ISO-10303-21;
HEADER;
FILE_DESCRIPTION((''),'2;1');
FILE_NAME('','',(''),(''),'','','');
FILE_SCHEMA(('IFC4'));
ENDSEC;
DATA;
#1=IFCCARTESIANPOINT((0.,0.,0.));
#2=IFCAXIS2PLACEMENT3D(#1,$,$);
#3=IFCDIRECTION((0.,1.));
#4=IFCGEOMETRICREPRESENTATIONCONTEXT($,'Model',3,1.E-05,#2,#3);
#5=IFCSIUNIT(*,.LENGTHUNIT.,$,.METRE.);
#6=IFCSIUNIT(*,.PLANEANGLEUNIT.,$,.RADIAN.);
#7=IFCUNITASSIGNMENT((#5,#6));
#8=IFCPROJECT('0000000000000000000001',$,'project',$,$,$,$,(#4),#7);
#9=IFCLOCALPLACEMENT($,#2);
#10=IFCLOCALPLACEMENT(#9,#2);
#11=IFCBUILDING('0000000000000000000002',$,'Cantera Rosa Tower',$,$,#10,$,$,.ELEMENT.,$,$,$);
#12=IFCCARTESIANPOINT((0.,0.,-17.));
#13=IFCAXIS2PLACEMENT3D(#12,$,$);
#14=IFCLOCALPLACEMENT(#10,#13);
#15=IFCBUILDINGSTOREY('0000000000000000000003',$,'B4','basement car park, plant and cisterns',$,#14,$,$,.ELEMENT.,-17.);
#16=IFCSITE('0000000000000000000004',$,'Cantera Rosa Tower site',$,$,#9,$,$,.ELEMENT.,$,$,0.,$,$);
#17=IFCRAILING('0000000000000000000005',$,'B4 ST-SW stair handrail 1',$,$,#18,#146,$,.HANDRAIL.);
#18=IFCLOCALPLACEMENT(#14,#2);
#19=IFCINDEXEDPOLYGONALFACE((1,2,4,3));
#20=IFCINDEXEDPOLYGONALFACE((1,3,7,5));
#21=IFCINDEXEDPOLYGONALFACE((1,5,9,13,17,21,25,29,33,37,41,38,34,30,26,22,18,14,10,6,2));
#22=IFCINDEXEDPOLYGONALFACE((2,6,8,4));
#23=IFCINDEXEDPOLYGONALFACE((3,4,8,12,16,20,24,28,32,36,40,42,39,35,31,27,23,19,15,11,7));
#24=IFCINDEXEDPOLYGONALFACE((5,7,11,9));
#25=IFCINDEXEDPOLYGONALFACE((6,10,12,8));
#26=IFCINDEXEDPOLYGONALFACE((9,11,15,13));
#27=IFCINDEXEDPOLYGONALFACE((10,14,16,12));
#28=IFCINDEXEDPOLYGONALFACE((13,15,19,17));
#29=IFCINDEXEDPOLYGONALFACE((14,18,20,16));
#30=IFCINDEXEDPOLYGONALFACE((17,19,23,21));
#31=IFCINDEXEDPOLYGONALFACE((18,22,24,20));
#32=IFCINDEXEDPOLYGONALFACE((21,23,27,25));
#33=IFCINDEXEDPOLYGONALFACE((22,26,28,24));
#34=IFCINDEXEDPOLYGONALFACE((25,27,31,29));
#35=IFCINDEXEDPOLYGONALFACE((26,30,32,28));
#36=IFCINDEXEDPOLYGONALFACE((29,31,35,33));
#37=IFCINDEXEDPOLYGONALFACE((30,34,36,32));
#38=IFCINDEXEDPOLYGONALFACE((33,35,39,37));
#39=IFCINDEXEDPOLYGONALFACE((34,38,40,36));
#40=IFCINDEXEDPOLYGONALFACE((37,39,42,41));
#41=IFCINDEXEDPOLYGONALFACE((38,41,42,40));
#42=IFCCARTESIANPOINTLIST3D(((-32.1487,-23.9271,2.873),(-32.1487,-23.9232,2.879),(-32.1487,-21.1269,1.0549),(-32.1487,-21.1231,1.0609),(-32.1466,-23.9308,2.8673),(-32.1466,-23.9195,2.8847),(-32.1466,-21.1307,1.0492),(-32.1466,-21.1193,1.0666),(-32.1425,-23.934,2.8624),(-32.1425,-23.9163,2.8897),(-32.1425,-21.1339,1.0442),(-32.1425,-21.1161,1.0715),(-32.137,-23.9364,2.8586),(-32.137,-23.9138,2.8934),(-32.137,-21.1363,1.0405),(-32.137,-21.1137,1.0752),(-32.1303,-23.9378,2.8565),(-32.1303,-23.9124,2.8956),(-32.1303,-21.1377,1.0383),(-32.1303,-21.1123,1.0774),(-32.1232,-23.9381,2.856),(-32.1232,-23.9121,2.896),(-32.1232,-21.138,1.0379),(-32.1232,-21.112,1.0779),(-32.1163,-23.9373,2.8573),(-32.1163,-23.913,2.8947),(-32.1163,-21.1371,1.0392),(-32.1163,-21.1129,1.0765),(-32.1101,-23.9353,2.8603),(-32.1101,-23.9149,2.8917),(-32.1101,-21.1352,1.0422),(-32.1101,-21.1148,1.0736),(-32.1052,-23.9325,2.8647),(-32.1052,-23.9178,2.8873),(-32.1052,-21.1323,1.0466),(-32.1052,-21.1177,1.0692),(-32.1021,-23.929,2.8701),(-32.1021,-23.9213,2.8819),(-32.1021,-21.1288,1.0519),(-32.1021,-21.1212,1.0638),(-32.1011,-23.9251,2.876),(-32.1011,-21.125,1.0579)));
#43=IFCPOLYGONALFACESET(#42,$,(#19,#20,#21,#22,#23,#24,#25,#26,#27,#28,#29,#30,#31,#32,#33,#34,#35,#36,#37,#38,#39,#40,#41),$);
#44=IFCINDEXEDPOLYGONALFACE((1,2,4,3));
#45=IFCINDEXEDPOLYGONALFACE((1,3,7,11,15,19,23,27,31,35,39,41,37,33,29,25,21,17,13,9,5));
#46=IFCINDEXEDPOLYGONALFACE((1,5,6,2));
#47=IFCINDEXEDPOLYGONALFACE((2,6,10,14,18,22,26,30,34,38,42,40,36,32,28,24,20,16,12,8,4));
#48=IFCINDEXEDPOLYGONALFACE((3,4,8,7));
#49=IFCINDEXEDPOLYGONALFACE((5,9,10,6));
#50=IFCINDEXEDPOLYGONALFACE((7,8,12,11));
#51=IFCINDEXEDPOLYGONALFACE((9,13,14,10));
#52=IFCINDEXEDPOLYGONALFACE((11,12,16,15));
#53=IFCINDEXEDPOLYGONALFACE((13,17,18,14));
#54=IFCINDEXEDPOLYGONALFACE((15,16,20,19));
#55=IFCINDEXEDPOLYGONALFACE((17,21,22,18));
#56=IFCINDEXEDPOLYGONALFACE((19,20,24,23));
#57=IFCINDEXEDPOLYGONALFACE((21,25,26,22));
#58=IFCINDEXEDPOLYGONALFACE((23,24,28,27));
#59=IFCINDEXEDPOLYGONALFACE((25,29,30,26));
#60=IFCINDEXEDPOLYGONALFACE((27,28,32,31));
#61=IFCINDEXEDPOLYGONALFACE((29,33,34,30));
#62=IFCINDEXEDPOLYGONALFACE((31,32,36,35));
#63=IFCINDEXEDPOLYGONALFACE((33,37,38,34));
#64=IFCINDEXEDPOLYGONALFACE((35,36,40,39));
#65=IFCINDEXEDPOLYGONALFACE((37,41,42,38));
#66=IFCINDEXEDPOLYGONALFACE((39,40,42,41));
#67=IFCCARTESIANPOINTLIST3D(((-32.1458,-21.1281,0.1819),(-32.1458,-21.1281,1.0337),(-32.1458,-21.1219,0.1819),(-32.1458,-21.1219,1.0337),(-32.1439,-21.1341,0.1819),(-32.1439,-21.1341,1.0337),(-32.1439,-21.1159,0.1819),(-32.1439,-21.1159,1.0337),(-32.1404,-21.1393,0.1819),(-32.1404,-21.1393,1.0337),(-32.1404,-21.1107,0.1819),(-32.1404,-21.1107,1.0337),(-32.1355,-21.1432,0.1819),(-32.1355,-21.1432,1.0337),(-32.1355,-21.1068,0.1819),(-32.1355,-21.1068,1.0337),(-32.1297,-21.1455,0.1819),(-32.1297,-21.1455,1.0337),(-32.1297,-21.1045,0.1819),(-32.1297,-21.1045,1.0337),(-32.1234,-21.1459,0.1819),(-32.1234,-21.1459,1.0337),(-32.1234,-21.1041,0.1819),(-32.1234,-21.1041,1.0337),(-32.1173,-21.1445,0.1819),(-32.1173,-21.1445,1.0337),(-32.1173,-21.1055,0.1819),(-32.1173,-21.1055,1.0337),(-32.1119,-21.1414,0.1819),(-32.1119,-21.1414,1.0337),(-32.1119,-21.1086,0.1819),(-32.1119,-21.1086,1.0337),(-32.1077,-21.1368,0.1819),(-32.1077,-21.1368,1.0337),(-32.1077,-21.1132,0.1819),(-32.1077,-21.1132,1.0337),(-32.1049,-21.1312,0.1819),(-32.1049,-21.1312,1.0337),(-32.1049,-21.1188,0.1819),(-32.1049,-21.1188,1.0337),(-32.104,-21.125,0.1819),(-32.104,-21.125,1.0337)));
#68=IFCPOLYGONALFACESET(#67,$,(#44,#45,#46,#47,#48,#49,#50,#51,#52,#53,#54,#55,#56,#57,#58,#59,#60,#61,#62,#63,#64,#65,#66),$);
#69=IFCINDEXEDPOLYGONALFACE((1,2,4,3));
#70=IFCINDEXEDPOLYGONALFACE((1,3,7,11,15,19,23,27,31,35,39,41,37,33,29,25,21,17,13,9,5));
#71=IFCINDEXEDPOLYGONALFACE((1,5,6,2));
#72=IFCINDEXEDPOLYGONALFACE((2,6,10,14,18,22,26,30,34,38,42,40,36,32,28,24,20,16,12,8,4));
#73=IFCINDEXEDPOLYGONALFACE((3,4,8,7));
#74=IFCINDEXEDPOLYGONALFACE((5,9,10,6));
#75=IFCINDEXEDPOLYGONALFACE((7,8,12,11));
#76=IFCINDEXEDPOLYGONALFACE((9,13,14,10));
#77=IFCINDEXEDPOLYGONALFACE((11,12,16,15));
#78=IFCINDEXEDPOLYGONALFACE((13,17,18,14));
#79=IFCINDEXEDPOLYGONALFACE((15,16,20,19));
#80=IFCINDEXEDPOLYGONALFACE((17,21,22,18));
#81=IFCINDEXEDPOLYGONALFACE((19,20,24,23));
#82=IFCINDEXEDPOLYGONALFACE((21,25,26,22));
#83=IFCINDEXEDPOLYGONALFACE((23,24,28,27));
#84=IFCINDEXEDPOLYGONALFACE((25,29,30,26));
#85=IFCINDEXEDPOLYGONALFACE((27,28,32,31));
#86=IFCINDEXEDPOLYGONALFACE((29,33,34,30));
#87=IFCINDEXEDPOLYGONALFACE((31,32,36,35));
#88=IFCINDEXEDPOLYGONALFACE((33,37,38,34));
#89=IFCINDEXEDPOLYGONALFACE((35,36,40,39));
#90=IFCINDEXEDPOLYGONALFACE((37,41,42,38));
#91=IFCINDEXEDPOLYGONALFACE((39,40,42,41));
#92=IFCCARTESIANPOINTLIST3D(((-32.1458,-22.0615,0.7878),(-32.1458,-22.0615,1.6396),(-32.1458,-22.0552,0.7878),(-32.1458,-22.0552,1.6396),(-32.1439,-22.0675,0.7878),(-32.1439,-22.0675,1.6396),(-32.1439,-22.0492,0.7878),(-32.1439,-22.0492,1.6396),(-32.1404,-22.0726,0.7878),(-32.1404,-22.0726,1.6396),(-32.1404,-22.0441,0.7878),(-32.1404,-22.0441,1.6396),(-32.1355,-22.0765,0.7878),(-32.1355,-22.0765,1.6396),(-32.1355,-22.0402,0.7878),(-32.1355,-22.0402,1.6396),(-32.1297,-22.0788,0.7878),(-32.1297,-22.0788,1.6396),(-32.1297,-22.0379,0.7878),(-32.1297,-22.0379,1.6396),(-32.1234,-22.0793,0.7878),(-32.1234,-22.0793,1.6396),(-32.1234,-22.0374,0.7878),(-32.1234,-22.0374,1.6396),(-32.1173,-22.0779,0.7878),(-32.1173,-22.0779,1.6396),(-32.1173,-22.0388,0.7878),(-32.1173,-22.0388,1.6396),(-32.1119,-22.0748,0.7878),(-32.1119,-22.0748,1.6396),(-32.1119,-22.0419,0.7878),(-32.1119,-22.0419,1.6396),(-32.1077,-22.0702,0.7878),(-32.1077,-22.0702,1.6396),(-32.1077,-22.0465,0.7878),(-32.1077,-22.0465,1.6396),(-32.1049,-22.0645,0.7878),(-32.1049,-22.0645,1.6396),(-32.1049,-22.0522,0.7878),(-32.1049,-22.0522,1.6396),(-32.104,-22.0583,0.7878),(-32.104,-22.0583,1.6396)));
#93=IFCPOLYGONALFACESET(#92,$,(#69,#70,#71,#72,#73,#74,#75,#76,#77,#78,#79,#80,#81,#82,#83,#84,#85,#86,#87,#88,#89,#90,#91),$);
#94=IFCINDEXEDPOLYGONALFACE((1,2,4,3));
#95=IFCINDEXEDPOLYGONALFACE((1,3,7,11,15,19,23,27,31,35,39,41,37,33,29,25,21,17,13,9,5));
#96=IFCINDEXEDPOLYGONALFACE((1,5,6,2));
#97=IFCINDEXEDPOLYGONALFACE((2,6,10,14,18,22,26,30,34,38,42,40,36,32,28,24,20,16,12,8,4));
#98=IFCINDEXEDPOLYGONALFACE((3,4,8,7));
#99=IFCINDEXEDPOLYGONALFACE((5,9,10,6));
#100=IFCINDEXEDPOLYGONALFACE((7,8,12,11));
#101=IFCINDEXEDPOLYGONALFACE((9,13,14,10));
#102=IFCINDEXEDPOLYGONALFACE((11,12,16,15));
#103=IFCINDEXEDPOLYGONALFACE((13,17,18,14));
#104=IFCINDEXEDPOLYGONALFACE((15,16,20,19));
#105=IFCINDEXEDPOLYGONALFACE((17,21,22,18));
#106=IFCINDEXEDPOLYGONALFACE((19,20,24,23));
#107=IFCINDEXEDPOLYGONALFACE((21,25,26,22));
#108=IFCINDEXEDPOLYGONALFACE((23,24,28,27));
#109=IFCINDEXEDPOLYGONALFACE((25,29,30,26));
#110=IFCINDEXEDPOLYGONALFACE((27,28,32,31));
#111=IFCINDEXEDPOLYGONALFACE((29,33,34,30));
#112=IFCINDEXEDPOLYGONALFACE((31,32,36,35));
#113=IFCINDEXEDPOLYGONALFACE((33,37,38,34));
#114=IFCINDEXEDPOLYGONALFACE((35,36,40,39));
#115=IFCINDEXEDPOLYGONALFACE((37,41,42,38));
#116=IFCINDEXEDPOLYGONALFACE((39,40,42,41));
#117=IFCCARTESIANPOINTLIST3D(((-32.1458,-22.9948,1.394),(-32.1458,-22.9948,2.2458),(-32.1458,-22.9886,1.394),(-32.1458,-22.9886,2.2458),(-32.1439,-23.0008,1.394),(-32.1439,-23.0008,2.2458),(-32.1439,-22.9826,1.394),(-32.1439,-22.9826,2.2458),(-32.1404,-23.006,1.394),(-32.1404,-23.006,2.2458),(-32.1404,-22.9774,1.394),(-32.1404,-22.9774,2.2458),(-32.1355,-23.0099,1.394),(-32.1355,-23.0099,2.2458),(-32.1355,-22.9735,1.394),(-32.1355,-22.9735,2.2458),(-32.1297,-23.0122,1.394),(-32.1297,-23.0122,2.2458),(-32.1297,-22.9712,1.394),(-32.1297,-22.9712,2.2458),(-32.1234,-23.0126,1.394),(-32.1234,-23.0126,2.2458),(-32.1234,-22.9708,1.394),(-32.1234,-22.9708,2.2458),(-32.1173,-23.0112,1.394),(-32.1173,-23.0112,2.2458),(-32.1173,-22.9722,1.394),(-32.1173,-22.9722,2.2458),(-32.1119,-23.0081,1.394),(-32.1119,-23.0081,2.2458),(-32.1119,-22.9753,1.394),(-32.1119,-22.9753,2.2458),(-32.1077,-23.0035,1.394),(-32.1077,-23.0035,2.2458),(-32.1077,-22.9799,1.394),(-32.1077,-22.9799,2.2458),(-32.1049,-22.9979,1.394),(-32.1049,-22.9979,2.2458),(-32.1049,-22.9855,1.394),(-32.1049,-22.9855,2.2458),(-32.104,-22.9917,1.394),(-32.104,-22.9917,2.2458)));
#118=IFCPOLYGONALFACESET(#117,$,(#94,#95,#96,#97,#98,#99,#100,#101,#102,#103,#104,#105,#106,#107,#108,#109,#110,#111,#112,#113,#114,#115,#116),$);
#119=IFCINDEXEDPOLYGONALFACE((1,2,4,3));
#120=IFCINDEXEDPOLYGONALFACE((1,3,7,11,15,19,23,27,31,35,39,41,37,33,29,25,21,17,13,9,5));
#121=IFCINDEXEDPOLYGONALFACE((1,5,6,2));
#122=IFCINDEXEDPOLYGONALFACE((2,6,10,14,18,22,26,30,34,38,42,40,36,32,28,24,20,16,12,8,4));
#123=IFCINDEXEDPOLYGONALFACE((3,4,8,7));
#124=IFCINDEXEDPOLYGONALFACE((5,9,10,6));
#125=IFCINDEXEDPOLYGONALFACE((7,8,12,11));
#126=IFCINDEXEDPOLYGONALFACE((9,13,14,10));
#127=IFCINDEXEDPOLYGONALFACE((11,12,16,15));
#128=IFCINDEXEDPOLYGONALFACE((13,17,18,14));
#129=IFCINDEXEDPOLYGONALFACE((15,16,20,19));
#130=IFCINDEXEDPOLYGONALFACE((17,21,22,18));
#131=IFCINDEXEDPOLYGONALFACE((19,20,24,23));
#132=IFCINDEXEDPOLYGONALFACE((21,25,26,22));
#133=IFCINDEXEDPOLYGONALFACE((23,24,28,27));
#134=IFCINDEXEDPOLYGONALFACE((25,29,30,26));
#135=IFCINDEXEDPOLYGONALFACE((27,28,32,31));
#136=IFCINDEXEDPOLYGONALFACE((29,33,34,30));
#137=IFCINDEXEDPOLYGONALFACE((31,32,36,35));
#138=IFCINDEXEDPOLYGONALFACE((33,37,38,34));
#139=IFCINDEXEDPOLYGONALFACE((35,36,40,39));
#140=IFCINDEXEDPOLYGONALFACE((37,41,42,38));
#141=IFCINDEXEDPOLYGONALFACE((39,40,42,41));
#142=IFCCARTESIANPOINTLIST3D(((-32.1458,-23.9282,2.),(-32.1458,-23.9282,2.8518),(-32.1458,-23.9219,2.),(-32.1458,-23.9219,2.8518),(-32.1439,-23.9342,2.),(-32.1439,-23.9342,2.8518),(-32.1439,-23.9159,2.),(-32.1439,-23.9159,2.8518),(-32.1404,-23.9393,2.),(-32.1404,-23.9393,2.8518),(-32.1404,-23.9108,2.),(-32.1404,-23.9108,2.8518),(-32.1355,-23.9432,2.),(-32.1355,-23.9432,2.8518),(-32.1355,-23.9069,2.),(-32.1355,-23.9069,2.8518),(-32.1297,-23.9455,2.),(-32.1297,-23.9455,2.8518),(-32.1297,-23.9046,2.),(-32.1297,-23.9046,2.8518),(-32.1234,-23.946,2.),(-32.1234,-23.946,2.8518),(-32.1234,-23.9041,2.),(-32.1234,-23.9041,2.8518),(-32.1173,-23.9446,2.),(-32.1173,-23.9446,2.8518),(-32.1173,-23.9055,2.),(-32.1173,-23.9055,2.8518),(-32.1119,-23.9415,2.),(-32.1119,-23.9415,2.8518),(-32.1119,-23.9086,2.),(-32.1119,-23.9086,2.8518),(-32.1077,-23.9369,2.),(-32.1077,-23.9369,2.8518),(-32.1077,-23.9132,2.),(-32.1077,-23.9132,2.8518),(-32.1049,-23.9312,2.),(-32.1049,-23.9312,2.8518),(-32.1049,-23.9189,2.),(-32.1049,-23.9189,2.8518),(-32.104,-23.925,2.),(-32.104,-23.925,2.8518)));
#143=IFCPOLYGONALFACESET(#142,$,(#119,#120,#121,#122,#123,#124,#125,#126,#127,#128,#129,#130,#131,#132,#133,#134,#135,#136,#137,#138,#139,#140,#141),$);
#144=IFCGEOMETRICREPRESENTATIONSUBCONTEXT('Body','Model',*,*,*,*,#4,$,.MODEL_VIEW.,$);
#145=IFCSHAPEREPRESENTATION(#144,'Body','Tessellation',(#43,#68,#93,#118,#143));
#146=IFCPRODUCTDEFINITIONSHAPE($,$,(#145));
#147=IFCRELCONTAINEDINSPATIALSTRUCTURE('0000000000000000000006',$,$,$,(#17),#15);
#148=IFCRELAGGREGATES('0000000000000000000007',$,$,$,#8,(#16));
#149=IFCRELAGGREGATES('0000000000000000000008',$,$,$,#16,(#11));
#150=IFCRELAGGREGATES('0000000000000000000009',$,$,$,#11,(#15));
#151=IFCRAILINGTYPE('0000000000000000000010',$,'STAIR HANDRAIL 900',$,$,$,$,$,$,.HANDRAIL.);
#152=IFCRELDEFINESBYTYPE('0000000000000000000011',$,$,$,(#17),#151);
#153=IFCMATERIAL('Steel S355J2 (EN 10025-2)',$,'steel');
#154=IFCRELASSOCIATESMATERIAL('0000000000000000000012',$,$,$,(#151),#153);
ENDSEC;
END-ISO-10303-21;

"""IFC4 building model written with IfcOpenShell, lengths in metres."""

from ifc_helpers import new_model, si_unit, direction, frame, origin, origin_2d, place, context, subcontext, project, spatial, circle, extrude, material, type_object, element, save


model = new_model("IFC4")

# Units and contexts
model_context = context("Model", 3, precision=1e-05, world=origin(), true_north=direction((0.0, 1.0)))
body_context = subcontext(model_context, "Body", "Model", "MODEL_VIEW")
ifc_project = project(units=[si_unit("LENGTHUNIT", "METRE"), si_unit("PLANEANGLEUNIT", "RADIAN")], contexts=[model_context])

# Site, building, storey
site_placement = place(None, origin())
site = spatial("IfcSite", under=ifc_project, at=site_placement, Name="Cantera Rosa Tower site", CompositionType="ELEMENT", RefElevation=0.0)
building_placement = place(site_placement, origin())
building = spatial("IfcBuilding", under=site, at=building_placement, Name="Cantera Rosa Tower", CompositionType="ELEMENT")
storey_placement = place(building_placement, frame((0.0, 0.0, -17.0)))
storey = spatial("IfcBuildingStorey", under=building, at=storey_placement, Name="B4", Description="basement car park, plant and cisterns", CompositionType="ELEMENT", Elevation=-17.0)

# Railing
ifc_material_1 = material(Name="Steel S355J2 (EN 10025-2)", Category="steel")
railing_type_1 = type_object("IfcRailingType", Name="STAIR HANDRAIL 900", PredefinedType="HANDRAIL", material=ifc_material_1)
railing_1_placement = place(storey_placement, frame((-32.125, -21.125, 0.1819)))
element("IfcRailing", 1, at=railing_1_placement, inside=storey, type_object=railing_type_1, Name="B4 ST-SW stair handrail 1", PredefinedType="HANDRAIL", context=body_context, shape_type="SweptSolid", body=[
    extrude(circle(Radius=0.0239, at=origin_2d()), frame((0.0, 0.0, 0.876), z_axis=(0.0, -0.838706, 0.544585), x_axis=(1.0, 0.0, 0.0)), (0.0, 0.0, 1.0), 3.3386),
    extrude(circle(Radius=0.021, at=origin_2d()), origin(), (0.0, 0.0, 1.0), 0.8518),
    extrude(circle(Radius=0.021, at=origin_2d()), frame((0.0, -0.9333, 0.606)), (0.0, 0.0, 1.0), 0.8518),
    extrude(circle(Radius=0.021, at=origin_2d()), frame((0.0, -1.8667, 1.2122)), (0.0, 0.0, 1.0), 0.8518),
    extrude(circle(Radius=0.021, at=origin_2d()), frame((0.0, -2.8, 1.8181)), (0.0, 0.0, 1.0), 0.8518),
])

save(model, "model.ifc")
